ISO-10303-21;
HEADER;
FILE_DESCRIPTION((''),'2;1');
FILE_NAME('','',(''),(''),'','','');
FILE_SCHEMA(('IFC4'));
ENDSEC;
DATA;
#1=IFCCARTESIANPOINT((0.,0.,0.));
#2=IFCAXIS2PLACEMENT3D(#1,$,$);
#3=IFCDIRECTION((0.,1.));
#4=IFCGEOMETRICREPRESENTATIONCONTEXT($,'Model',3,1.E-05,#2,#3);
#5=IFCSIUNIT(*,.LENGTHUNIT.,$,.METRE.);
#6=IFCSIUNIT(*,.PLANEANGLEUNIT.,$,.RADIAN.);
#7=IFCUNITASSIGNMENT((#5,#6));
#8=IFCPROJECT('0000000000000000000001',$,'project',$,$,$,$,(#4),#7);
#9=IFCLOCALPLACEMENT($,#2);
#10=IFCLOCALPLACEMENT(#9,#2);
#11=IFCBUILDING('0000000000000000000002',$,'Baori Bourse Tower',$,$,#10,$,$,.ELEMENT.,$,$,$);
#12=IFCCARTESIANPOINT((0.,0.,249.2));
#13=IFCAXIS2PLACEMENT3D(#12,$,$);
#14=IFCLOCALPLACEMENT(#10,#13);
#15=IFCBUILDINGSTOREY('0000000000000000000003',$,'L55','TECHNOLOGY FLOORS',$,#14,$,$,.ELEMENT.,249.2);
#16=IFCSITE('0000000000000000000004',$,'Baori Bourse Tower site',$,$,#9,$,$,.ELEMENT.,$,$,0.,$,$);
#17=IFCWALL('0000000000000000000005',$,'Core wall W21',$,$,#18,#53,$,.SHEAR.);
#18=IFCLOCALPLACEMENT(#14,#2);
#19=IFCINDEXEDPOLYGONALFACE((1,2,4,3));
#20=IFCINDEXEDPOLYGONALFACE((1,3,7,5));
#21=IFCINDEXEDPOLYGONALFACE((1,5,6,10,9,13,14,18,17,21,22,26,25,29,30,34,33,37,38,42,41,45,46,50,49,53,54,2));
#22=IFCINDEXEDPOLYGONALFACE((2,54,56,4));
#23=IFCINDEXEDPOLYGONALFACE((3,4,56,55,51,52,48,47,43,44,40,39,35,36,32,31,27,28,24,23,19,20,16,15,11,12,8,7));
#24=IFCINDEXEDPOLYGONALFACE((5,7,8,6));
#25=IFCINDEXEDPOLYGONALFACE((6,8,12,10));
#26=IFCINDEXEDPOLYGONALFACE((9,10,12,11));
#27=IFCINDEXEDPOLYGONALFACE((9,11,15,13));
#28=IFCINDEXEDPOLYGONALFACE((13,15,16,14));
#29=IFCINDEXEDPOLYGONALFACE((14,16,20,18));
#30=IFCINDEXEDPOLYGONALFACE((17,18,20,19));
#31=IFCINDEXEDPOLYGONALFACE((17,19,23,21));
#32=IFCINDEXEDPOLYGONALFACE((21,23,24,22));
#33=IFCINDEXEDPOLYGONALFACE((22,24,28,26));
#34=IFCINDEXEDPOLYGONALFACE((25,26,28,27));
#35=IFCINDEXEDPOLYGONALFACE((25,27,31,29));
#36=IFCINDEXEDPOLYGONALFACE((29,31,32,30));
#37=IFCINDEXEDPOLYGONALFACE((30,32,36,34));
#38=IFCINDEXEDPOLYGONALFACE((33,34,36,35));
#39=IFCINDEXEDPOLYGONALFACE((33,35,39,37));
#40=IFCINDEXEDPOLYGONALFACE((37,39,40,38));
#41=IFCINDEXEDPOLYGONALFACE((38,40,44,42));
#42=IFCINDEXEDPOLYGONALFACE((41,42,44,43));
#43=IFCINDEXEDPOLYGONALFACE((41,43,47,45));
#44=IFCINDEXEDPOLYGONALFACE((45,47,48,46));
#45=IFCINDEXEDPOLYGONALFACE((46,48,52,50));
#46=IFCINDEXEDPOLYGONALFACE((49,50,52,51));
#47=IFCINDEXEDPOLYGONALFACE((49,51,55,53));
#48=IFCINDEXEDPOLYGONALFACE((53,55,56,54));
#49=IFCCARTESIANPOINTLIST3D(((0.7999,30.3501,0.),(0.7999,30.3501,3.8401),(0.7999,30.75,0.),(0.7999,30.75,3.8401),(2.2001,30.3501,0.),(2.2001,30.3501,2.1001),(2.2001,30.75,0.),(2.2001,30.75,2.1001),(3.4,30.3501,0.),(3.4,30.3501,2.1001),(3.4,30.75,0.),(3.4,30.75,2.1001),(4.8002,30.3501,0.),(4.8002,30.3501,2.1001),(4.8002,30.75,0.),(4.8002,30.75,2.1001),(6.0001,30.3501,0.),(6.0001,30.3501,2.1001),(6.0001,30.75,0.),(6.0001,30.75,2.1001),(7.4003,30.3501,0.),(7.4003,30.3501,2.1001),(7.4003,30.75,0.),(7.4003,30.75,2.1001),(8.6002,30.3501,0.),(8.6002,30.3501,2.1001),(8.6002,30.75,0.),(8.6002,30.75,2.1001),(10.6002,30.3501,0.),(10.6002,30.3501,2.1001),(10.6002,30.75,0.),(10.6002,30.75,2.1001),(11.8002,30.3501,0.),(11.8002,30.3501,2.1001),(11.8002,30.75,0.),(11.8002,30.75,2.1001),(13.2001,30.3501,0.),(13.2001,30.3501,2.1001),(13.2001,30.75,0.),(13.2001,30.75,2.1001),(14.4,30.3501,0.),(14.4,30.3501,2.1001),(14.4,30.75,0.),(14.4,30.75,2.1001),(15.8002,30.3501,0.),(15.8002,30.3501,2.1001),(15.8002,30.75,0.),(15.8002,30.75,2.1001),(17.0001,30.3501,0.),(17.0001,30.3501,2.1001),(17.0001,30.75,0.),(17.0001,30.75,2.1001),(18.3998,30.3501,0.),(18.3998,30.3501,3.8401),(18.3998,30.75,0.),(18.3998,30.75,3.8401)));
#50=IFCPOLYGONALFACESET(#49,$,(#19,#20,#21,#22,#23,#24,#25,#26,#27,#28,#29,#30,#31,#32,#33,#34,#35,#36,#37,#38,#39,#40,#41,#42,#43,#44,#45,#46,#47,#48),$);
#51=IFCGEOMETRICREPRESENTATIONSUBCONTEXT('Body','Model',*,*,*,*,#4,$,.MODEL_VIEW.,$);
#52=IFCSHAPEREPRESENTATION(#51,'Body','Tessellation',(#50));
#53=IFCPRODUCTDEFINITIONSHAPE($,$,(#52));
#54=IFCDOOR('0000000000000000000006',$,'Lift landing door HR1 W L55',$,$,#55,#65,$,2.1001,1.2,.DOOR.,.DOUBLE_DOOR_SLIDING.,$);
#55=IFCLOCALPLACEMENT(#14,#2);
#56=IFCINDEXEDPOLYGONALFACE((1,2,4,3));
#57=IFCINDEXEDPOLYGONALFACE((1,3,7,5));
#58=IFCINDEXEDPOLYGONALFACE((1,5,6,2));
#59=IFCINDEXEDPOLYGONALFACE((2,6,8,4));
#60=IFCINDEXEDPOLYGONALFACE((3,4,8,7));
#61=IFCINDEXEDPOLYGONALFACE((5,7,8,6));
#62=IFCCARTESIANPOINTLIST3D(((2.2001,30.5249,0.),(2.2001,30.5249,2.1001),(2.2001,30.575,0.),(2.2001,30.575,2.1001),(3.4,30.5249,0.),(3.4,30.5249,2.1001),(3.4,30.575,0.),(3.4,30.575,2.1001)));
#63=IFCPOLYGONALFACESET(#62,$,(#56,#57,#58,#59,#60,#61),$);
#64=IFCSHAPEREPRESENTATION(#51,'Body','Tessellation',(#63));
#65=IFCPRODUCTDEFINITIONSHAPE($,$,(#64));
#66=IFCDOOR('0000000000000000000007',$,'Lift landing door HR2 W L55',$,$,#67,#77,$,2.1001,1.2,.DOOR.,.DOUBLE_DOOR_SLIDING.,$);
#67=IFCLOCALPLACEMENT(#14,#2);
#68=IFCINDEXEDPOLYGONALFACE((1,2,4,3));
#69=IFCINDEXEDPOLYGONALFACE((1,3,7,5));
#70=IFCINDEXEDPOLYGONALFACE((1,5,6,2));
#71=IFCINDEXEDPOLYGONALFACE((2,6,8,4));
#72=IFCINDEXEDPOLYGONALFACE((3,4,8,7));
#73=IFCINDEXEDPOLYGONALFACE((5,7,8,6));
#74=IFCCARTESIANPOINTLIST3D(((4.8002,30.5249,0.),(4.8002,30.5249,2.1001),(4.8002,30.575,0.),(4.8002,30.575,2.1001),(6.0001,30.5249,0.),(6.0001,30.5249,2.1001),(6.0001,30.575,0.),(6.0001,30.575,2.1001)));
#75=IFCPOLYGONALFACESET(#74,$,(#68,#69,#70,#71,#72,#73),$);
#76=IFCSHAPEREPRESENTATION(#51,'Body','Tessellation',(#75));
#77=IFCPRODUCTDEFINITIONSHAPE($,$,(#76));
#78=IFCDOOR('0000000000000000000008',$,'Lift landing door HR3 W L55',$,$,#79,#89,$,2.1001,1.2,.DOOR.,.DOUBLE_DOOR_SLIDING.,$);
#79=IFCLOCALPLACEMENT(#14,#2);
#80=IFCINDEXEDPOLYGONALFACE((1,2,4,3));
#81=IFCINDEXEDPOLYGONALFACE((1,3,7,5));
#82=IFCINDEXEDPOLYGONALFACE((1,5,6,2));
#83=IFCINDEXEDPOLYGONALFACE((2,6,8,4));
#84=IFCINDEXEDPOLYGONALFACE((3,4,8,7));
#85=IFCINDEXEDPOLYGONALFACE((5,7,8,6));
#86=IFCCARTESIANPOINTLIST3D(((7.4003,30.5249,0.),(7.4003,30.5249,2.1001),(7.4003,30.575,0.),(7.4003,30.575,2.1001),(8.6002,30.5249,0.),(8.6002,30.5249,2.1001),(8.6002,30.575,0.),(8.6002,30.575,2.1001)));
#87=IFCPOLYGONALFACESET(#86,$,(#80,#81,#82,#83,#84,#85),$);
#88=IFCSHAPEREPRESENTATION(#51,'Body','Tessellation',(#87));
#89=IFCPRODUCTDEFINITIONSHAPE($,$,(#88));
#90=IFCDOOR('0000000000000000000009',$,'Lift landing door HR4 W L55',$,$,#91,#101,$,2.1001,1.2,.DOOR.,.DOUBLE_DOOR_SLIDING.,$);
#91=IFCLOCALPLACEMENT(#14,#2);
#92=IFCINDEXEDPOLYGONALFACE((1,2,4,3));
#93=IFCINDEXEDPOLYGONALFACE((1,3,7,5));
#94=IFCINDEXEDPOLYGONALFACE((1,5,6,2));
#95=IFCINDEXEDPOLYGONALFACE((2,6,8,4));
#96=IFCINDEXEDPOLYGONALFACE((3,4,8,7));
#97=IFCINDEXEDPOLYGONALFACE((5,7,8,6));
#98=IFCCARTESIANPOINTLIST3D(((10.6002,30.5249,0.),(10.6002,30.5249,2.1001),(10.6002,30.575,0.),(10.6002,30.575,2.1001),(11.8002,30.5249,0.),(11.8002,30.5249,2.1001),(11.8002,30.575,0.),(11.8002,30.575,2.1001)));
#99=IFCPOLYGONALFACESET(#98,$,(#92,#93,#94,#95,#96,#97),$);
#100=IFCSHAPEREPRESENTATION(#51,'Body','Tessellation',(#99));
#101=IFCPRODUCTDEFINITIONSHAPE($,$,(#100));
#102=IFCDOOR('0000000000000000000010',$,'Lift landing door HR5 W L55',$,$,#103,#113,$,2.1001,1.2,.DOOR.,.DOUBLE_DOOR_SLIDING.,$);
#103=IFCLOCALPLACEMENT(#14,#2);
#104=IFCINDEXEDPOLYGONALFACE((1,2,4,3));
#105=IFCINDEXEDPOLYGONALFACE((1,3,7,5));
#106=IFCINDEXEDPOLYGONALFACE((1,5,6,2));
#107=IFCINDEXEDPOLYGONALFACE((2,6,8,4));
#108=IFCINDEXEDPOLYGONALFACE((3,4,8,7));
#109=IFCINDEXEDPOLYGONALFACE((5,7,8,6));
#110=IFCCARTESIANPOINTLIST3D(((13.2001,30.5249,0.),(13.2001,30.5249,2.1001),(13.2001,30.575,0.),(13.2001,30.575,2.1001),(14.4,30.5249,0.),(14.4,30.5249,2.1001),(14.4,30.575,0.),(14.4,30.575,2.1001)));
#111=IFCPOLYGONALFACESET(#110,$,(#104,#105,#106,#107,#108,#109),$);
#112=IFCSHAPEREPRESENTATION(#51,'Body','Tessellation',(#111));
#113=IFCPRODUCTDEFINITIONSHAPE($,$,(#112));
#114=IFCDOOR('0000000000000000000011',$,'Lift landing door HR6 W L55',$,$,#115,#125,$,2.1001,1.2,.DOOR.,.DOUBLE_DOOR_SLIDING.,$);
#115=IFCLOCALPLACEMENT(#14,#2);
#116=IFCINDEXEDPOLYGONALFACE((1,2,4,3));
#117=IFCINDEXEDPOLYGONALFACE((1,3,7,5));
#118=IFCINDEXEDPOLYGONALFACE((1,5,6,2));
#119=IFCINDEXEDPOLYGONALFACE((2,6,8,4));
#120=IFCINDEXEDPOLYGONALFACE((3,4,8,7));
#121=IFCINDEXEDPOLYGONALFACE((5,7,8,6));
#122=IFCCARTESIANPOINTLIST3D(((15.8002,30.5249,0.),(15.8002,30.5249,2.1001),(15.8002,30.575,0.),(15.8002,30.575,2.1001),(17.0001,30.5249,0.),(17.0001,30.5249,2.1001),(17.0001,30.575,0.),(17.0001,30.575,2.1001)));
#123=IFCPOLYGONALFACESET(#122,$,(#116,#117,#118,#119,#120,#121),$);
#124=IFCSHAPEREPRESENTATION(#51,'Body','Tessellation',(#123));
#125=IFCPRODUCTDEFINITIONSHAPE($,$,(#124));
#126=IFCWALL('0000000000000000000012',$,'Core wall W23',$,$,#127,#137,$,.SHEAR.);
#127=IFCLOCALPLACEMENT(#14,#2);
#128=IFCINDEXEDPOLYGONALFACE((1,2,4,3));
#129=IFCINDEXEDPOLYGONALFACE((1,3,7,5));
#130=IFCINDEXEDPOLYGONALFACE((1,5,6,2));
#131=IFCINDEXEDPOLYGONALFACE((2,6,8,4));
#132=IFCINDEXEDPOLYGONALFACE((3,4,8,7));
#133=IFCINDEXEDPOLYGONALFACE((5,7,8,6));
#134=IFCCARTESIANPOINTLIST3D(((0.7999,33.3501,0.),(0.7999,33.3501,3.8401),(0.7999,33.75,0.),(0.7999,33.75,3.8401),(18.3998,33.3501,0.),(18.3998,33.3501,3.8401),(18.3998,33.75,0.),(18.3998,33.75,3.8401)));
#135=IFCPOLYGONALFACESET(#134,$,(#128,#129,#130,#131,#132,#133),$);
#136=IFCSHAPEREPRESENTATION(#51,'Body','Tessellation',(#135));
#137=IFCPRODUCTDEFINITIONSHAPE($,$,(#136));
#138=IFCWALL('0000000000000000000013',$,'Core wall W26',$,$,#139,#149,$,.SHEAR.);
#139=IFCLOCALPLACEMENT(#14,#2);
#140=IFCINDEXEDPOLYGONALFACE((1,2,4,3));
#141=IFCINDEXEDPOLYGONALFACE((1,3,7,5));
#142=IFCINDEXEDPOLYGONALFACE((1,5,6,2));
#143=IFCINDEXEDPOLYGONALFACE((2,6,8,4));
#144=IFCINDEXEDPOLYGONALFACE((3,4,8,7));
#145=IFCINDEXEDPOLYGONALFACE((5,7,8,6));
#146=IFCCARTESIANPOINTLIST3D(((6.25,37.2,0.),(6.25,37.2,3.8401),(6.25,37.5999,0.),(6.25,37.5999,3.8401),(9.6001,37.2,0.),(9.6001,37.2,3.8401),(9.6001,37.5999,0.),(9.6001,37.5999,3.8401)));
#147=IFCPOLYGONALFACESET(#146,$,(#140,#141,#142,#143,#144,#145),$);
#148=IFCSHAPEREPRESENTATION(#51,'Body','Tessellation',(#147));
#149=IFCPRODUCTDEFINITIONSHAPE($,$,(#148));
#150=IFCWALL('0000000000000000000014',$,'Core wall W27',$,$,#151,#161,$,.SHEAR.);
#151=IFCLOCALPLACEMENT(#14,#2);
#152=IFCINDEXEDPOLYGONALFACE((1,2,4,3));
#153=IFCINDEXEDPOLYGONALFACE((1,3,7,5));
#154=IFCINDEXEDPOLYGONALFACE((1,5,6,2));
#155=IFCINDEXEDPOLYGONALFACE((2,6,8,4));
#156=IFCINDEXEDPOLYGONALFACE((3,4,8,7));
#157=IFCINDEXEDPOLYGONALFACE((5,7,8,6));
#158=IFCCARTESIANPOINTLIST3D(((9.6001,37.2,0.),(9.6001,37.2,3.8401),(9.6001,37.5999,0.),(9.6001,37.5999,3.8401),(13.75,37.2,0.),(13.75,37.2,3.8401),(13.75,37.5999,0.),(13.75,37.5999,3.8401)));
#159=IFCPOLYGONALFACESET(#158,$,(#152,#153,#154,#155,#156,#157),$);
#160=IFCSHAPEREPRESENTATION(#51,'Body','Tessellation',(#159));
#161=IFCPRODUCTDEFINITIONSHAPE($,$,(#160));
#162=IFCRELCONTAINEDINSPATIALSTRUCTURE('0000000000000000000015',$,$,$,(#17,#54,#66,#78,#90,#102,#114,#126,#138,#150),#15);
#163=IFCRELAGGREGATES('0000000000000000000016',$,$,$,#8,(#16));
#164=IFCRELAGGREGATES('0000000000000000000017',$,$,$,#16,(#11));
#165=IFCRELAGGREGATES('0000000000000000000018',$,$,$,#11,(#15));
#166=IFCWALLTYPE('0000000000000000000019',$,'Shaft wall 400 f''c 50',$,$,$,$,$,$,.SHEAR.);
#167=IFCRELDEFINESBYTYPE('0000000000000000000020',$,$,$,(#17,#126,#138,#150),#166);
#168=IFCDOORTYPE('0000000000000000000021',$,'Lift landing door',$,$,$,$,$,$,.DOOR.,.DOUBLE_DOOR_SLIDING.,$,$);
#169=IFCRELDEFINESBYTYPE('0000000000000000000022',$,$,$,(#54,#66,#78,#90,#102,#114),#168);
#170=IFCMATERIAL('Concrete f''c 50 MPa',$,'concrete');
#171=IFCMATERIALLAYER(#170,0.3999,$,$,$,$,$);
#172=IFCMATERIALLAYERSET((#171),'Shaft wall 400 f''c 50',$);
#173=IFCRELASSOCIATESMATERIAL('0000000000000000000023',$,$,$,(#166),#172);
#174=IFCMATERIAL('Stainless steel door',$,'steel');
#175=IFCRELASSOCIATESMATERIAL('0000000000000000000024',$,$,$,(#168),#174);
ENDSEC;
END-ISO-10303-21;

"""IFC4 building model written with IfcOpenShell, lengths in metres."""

from ifc_helpers import new_model, si_unit, direction, frame, frame_2d, origin, place, context, subcontext, project, spatial, rectangle, extrude, material, layer, layer_set, type_object, element, fill, save


model = new_model("IFC4")

# Units and contexts
model_context = context("Model", 3, precision=1e-05, world=origin(), true_north=direction((0.0, 1.0)))
body_context = subcontext(model_context, "Body", "Model", "MODEL_VIEW")
ifc_project = project(units=[si_unit("LENGTHUNIT", "METRE"), si_unit("PLANEANGLEUNIT", "RADIAN")], contexts=[model_context])

# Site, building, storey
site_placement = place(None, origin())
site = spatial("IfcSite", under=ifc_project, at=site_placement, Name="Baori Bourse Tower site", CompositionType="ELEMENT", RefElevation=0.0)
building_placement = place(site_placement, origin())
building = spatial("IfcBuilding", under=site, at=building_placement, Name="Baori Bourse Tower", CompositionType="ELEMENT")
storey_placement = place(building_placement, frame((0.0, 0.0, 249.2)))
storey = spatial("IfcBuildingStorey", under=building, at=storey_placement, Name="L55", Description="TECHNOLOGY FLOORS", CompositionType="ELEMENT", Elevation=249.2)

# Wall, openings, doors
ifc_material_1 = material(Name="Concrete f'c 50 MPa", Category="concrete")
ifc_layer_1 = layer(ifc_material_1, 0.3999)
ifc_layer_set_1 = layer_set([ifc_layer_1], Name="Shaft wall 400 f'c 50")
wall_type_1 = type_object("IfcWallType", Name="Shaft wall 400 f'c 50", PredefinedType="SHEAR", material=ifc_layer_set_1)
ifc_material_2 = material(Name="Stainless steel door", Category="steel")
door_type_1 = type_object("IfcDoorType", Name="Lift landing door", OperationType="DOUBLE_DOOR_SLIDING", PredefinedType="DOOR", material=ifc_material_2)
wall_1_placement = place(storey_placement, frame((0.8, 30.55, 0.0), z_axis=(0.0, 0.0, 1.0), x_axis=(1.0, 0.0, 0.0)))
wall_1 = element("IfcWall", 1, at=wall_1_placement, inside=storey, type_object=wall_type_1, Name="Core wall W21", PredefinedType="SHEAR", context=body_context, shape_type="SweptSolid", body=[
    extrude(rectangle(XDim=17.5999, YDim=0.3999, at=frame_2d((8.7998, 0.0))), origin(), (0.0, 0.0, 1.0), 3.8401),
])
opening_1_placement = place(wall_1_placement, frame((1.3999, 0.0, 0.0)))
opening_1 = element("IfcOpeningElement", 2, at=opening_1_placement, cuts=wall_1, PredefinedType="OPENING", context=body_context, shape_type="SweptSolid", body=[
    extrude(rectangle(XDim=1.2, YDim=2.1001, at=frame_2d((0.6001, 1.05))), frame((0.0, 0.21, 0.0), z_axis=(0.0, -1.0, 0.0), x_axis=(1.0, 0.0, 0.0)), (0.0, 0.0, 1.0), 0.4199),
])
opening_2_placement = place(wall_1_placement, frame((4.0, 0.0, 0.0)))
opening_2 = element("IfcOpeningElement", 3, at=opening_2_placement, cuts=wall_1, PredefinedType="OPENING", context=body_context, shape_type="SweptSolid", body=[
    extrude(rectangle(XDim=1.2, YDim=2.1001, at=frame_2d((0.6001, 1.05))), frame((0.0, 0.21, 0.0), z_axis=(0.0, -1.0, 0.0), x_axis=(1.0, 0.0, 0.0)), (0.0, 0.0, 1.0), 0.4199),
])
opening_3_placement = place(wall_1_placement, frame((6.6001, 0.0, 0.0)))
opening_3 = element("IfcOpeningElement", 4, at=opening_3_placement, cuts=wall_1, PredefinedType="OPENING", context=body_context, shape_type="SweptSolid", body=[
    extrude(rectangle(XDim=1.2, YDim=2.1001, at=frame_2d((0.6001, 1.05))), frame((0.0, 0.21, 0.0), z_axis=(0.0, -1.0, 0.0), x_axis=(1.0, 0.0, 0.0)), (0.0, 0.0, 1.0), 0.4199),
])
opening_4_placement = place(wall_1_placement, frame((9.8, 0.0, 0.0)))
opening_4 = element("IfcOpeningElement", 5, at=opening_4_placement, cuts=wall_1, PredefinedType="OPENING", context=body_context, shape_type="SweptSolid", body=[
    extrude(rectangle(XDim=1.2, YDim=2.1001, at=frame_2d((0.6001, 1.05))), frame((0.0, 0.21, 0.0), z_axis=(0.0, -1.0, 0.0), x_axis=(1.0, 0.0, 0.0)), (0.0, 0.0, 1.0), 0.4199),
])
opening_5_placement = place(wall_1_placement, frame((12.3999, 0.0, 0.0)))
opening_5 = element("IfcOpeningElement", 6, at=opening_5_placement, cuts=wall_1, PredefinedType="OPENING", context=body_context, shape_type="SweptSolid", body=[
    extrude(rectangle(XDim=1.2, YDim=2.1001, at=frame_2d((0.6001, 1.05))), frame((0.0, 0.21, 0.0), z_axis=(0.0, -1.0, 0.0), x_axis=(1.0, 0.0, 0.0)), (0.0, 0.0, 1.0), 0.4199),
])
opening_6_placement = place(wall_1_placement, frame((15.0, 0.0, 0.0)))
opening_6 = element("IfcOpeningElement", 7, at=opening_6_placement, cuts=wall_1, PredefinedType="OPENING", context=body_context, shape_type="SweptSolid", body=[
    extrude(rectangle(XDim=1.2, YDim=2.1001, at=frame_2d((0.6001, 1.05))), frame((0.0, 0.21, 0.0), z_axis=(0.0, -1.0, 0.0), x_axis=(1.0, 0.0, 0.0)), (0.0, 0.0, 1.0), 0.4199),
])
door_1_placement = place(opening_1_placement, origin())
door_1 = element("IfcDoor", 8, at=door_1_placement, inside=storey, type_object=door_type_1, Name="Lift landing door HR1 W L55", OperationType="DOUBLE_DOOR_SLIDING", OverallHeight=2.1001, OverallWidth=1.2, PredefinedType="DOOR", context=body_context, shape_type="SweptSolid", body=[
    extrude(rectangle(XDim=1.2, YDim=2.1001, at=frame_2d((0.6001, 1.05))), frame((0.0, 0.0249, 0.0), z_axis=(0.0, -1.0, 0.0), x_axis=(1.0, 0.0, 0.0)), (0.0, 0.0, 1.0), 0.05),
])
fill(opening_1, door_1)
door_2_placement = place(opening_2_placement, origin())
door_2 = element("IfcDoor", 9, at=door_2_placement, inside=storey, type_object=door_type_1, Name="Lift landing door HR2 W L55", OperationType="DOUBLE_DOOR_SLIDING", OverallHeight=2.1001, OverallWidth=1.2, PredefinedType="DOOR", context=body_context, shape_type="SweptSolid", body=[
    extrude(rectangle(XDim=1.2, YDim=2.1001, at=frame_2d((0.6001, 1.05))), frame((0.0, 0.0249, 0.0), z_axis=(0.0, -1.0, 0.0), x_axis=(1.0, 0.0, 0.0)), (0.0, 0.0, 1.0), 0.05),
])
fill(opening_2, door_2)
door_3_placement = place(opening_3_placement, origin())
door_3 = element("IfcDoor", 10, at=door_3_placement, inside=storey, type_object=door_type_1, Name="Lift landing door HR3 W L55", OperationType="DOUBLE_DOOR_SLIDING", OverallHeight=2.1001, OverallWidth=1.2, PredefinedType="DOOR", context=body_context, shape_type="SweptSolid", body=[
    extrude(rectangle(XDim=1.2, YDim=2.1001, at=frame_2d((0.6001, 1.05))), frame((0.0, 0.0249, 0.0), z_axis=(0.0, -1.0, 0.0), x_axis=(1.0, 0.0, 0.0)), (0.0, 0.0, 1.0), 0.05),
])
fill(opening_3, door_3)
door_4_placement = place(opening_4_placement, origin())
door_4 = element("IfcDoor", 11, at=door_4_placement, inside=storey, type_object=door_type_1, Name="Lift landing door HR4 W L55", OperationType="DOUBLE_DOOR_SLIDING", OverallHeight=2.1001, OverallWidth=1.2, PredefinedType="DOOR", context=body_context, shape_type="SweptSolid", body=[
    extrude(rectangle(XDim=1.2, YDim=2.1001, at=frame_2d((0.6001, 1.05))), frame((0.0, 0.0249, 0.0), z_axis=(0.0, -1.0, 0.0), x_axis=(1.0, 0.0, 0.0)), (0.0, 0.0, 1.0), 0.05),
])
fill(opening_4, door_4)
door_5_placement = place(opening_5_placement, origin())
door_5 = element("IfcDoor", 12, at=door_5_placement, inside=storey, type_object=door_type_1, Name="Lift landing door HR5 W L55", OperationType="DOUBLE_DOOR_SLIDING", OverallHeight=2.1001, OverallWidth=1.2, PredefinedType="DOOR", context=body_context, shape_type="SweptSolid", body=[
    extrude(rectangle(XDim=1.2, YDim=2.1001, at=frame_2d((0.6001, 1.05))), frame((0.0, 0.0249, 0.0), z_axis=(0.0, -1.0, 0.0), x_axis=(1.0, 0.0, 0.0)), (0.0, 0.0, 1.0), 0.05),
])
fill(opening_5, door_5)
door_6_placement = place(opening_6_placement, origin())
door_6 = element("IfcDoor", 13, at=door_6_placement, inside=storey, type_object=door_type_1, Name="Lift landing door HR6 W L55", OperationType="DOUBLE_DOOR_SLIDING", OverallHeight=2.1001, OverallWidth=1.2, PredefinedType="DOOR", context=body_context, shape_type="SweptSolid", body=[
    extrude(rectangle(XDim=1.2, YDim=2.1001, at=frame_2d((0.6001, 1.05))), frame((0.0, 0.0249, 0.0), z_axis=(0.0, -1.0, 0.0), x_axis=(1.0, 0.0, 0.0)), (0.0, 0.0, 1.0), 0.05),
])
fill(opening_6, door_6)

# Walls
wall_2_placement = place(storey_placement, frame((0.8, 33.55, 0.0), z_axis=(0.0, 0.0, 1.0), x_axis=(1.0, 0.0, 0.0)))
element("IfcWall", 14, at=wall_2_placement, inside=storey, type_object=wall_type_1, Name="Core wall W23", PredefinedType="SHEAR", context=body_context, shape_type="SweptSolid", body=[
    extrude(rectangle(XDim=17.5999, YDim=0.3999, at=frame_2d((8.7998, 0.0))), origin(), (0.0, 0.0, 1.0), 3.8401),
])
wall_3_placement = place(storey_placement, frame((6.25, 37.3999, 0.0), z_axis=(0.0, 0.0, 1.0), x_axis=(1.0, 0.0, 0.0)))
element("IfcWall", 15, at=wall_3_placement, inside=storey, type_object=wall_type_1, Name="Core wall W26", PredefinedType="SHEAR", context=body_context, shape_type="SweptSolid", body=[
    extrude(rectangle(XDim=3.3501, YDim=0.3999, at=frame_2d((1.675, 0.0))), origin(), (0.0, 0.0, 1.0), 3.8401),
])
wall_4_placement = place(storey_placement, frame((9.6001, 37.3999, 0.0), z_axis=(0.0, 0.0, 1.0), x_axis=(1.0, 0.0, 0.0)))
element("IfcWall", 16, at=wall_4_placement, inside=storey, type_object=wall_type_1, Name="Core wall W27", PredefinedType="SHEAR", context=body_context, shape_type="SweptSolid", body=[
    extrude(rectangle(XDim=4.1499, YDim=0.3999, at=frame_2d((2.075, 0.0))), origin(), (0.0, 0.0, 1.0), 3.8401),
])

save(model, "model.ifc")
